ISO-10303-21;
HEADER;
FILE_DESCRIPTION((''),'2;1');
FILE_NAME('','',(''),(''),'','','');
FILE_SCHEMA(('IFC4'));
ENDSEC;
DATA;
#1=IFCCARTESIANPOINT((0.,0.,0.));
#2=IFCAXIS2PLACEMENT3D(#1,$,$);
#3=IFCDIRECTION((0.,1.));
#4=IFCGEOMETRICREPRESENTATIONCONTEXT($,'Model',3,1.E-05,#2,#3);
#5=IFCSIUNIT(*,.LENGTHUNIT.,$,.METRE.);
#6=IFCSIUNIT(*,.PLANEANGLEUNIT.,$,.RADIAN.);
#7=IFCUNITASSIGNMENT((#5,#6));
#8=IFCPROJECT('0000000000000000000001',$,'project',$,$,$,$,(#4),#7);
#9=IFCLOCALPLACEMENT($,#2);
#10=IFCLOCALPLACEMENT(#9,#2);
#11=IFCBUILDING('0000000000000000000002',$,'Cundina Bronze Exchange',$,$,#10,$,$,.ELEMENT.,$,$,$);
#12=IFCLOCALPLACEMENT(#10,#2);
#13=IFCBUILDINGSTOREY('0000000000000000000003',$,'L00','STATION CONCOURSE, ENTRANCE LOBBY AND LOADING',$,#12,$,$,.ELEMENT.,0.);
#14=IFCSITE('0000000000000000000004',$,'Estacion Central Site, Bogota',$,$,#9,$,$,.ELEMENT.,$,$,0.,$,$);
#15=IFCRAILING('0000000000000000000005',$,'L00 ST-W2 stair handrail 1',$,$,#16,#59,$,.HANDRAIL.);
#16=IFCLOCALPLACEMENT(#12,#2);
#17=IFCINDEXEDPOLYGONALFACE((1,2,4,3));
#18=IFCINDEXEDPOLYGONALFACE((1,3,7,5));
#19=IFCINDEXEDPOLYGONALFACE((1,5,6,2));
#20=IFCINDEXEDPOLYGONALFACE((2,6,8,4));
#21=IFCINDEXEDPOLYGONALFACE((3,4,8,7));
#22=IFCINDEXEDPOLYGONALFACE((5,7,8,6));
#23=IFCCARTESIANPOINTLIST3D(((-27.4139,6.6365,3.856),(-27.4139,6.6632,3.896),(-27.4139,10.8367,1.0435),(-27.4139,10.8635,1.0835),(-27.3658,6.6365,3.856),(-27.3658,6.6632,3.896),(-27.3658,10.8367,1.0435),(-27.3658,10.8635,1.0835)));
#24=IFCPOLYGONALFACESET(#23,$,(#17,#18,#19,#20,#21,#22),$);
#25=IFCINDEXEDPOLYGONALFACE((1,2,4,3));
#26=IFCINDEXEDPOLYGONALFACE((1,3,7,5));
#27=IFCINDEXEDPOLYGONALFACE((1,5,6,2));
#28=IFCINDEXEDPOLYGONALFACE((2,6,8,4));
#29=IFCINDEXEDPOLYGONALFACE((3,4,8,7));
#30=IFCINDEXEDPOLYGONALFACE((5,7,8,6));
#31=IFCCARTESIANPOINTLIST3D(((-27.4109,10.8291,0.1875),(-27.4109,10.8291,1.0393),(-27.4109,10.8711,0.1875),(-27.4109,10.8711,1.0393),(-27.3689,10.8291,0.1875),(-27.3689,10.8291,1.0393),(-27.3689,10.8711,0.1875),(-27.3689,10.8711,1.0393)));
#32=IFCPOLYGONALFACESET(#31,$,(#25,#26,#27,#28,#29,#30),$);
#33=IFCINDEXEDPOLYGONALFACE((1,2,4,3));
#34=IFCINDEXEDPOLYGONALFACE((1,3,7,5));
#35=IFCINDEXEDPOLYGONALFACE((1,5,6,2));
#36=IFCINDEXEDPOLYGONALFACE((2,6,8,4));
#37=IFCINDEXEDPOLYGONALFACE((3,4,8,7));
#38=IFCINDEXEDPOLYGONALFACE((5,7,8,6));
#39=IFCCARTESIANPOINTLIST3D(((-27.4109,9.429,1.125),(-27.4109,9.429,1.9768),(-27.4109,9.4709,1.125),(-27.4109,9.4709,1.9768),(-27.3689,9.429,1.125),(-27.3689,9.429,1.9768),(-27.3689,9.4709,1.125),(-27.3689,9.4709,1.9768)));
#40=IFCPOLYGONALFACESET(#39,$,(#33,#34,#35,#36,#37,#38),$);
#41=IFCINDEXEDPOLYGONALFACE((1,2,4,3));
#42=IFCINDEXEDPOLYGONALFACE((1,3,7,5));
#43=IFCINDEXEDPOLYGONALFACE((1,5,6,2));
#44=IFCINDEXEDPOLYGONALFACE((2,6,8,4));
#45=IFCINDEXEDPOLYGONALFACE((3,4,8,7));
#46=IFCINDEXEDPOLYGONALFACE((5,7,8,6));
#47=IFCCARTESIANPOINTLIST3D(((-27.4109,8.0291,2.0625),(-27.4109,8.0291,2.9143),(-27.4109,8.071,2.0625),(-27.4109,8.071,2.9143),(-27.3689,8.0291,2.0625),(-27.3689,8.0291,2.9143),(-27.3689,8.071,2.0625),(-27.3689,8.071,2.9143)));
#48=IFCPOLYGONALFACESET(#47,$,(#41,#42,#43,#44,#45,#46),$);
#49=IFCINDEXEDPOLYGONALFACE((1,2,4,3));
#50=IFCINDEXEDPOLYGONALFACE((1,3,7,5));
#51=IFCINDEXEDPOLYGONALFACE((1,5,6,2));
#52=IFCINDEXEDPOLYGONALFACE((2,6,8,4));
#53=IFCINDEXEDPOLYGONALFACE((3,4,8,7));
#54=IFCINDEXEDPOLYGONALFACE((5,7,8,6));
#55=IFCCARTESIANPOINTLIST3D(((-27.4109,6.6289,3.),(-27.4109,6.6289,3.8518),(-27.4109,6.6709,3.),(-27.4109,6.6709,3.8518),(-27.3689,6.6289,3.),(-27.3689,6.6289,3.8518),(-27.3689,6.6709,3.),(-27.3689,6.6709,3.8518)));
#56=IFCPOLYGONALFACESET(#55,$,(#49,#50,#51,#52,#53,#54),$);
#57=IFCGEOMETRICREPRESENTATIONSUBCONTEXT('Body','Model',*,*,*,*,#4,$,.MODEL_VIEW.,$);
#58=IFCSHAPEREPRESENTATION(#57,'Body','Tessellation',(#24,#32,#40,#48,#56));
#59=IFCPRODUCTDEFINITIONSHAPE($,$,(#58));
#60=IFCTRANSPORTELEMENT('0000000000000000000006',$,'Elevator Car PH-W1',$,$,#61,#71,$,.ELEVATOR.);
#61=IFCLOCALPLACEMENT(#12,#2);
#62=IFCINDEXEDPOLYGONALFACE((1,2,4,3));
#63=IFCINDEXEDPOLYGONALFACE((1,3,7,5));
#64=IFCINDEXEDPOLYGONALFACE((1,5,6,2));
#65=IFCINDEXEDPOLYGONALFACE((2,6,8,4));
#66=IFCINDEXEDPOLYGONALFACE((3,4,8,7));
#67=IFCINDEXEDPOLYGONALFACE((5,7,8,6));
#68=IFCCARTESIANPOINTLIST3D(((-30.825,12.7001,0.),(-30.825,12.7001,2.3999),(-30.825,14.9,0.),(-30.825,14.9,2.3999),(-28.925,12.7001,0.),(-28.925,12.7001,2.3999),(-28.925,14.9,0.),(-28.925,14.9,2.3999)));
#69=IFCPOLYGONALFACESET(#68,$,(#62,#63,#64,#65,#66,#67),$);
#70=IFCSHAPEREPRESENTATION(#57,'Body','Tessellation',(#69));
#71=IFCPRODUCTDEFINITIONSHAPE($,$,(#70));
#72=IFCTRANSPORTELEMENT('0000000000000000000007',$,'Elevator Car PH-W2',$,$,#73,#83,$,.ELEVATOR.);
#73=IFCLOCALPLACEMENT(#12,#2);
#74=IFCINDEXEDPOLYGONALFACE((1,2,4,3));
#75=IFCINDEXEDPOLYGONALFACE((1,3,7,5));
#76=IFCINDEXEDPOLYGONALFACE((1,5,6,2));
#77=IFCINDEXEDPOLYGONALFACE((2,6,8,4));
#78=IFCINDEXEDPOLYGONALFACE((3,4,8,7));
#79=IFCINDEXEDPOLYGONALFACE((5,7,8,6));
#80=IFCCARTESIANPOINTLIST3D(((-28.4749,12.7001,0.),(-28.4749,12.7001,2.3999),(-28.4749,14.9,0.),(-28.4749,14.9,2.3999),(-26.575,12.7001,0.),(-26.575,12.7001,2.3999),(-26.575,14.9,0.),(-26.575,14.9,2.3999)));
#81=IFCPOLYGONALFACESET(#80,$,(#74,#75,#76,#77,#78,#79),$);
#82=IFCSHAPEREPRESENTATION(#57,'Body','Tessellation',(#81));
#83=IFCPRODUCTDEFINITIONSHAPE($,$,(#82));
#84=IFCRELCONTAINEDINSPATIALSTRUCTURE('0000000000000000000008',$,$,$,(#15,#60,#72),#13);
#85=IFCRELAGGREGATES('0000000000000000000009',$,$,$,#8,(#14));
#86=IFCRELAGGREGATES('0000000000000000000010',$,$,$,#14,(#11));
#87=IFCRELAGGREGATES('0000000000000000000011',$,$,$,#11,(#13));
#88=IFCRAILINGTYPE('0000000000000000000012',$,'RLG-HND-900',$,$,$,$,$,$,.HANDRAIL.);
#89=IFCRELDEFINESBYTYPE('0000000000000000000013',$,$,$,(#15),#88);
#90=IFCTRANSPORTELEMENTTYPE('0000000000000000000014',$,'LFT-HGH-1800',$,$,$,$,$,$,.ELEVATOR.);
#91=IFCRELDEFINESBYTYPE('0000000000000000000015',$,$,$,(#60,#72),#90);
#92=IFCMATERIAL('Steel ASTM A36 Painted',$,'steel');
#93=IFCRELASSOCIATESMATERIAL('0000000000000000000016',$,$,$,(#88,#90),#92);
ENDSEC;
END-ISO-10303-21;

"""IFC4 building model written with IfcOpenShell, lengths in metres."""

from ifc_helpers import new_model, si_unit, direction, frame, origin, origin_2d, place, context, subcontext, project, spatial, rectangle, extrude, material, type_object, element, save


model = new_model("IFC4")

# Units and contexts
model_context = context("Model", 3, precision=1e-05, world=origin(), true_north=direction((0.0, 1.0)))
body_context = subcontext(model_context, "Body", "Model", "MODEL_VIEW")
ifc_project = project(units=[si_unit("LENGTHUNIT", "METRE"), si_unit("PLANEANGLEUNIT", "RADIAN")], contexts=[model_context])

# Site, building, storey
site_placement = place(None, origin())
site = spatial("IfcSite", under=ifc_project, at=site_placement, Name="Estacion Central Site, Bogota", CompositionType="ELEMENT", RefElevation=0.0)
building_placement = place(site_placement, origin())
building = spatial("IfcBuilding", under=site, at=building_placement, Name="Cundina Bronze Exchange", CompositionType="ELEMENT")
storey_placement = place(building_placement, origin())
storey = spatial("IfcBuildingStorey", under=building, at=storey_placement, Name="L00", Description="STATION CONCOURSE, ENTRANCE LOBBY AND LOADING", CompositionType="ELEMENT", Elevation=0.0)

# Shared definitions
ifc_material_1 = material(Name="Steel ASTM A36 Painted", Category="steel")

# Railing
railing_type = type_object("IfcRailingType", Name="RLG-HND-900", PredefinedType="HANDRAIL", material=ifc_material_1)
railing_placement = place(storey_placement, frame((-27.3899, 10.8501, 0.1875)))
element("IfcRailing", 1, at=railing_placement, inside=storey, type_object=railing_type, Name="L00 ST-W2 stair handrail 1", PredefinedType="HANDRAIL", context=body_context, shape_type="SweptSolid", body=[
    extrude(rectangle(XDim=0.0481, YDim=0.0481, at=origin_2d()), frame((0.0, 0.0, 0.876), z_axis=(0.0, -0.830919, 0.556393), x_axis=(1.0, 0.0, 0.0)), (0.0, 0.0, 1.0), 5.0549),
    extrude(rectangle(XDim=0.042, YDim=0.042, at=origin_2d()), origin(), (0.0, 0.0, 1.0), 0.8518),
    extrude(rectangle(XDim=0.042, YDim=0.042, at=origin_2d()), frame((0.0, -1.4001, 0.9375)), (0.0, 0.0, 1.0), 0.8518),
    extrude(rectangle(XDim=0.042, YDim=0.042, at=origin_2d()), frame((0.0, -2.8, 1.875)), (0.0, 0.0, 1.0), 0.8518),
    extrude(rectangle(XDim=0.042, YDim=0.042, at=origin_2d()), frame((0.0, -4.2002, 2.8125)), (0.0, 0.0, 1.0), 0.8518),
])

# Transport elements
transport_element_type = type_object("IfcTransportElementType", Name="LFT-HGH-1800", PredefinedType="ELEVATOR", material=ifc_material_1)
for number, where, z_axis, x_axis, name in (
    (2, (-29.875, 13.8, 0.0), (0.0, 0.0, 1.0), (1.0, 0.0, 0.0), "Elevator Car PH-W1"),
    (3, (-27.5249, 13.8, 0.0), (0.0, 0.0, 1.0), (1.0, 0.0, 0.0), "Elevator Car PH-W2"),
):
    element("IfcTransportElement", number, at=place(storey_placement, frame(where, z_axis=z_axis, x_axis=x_axis)), inside=storey, type_object=transport_element_type, Name=name, PredefinedType="ELEVATOR", context=body_context, shape_type="SweptSolid", body=[
        extrude(rectangle(XDim=1.8999, YDim=2.2, at=origin_2d()), origin(), (0.0, 0.0, 1.0), 2.3999),
    ])

save(model, "model.ifc")
